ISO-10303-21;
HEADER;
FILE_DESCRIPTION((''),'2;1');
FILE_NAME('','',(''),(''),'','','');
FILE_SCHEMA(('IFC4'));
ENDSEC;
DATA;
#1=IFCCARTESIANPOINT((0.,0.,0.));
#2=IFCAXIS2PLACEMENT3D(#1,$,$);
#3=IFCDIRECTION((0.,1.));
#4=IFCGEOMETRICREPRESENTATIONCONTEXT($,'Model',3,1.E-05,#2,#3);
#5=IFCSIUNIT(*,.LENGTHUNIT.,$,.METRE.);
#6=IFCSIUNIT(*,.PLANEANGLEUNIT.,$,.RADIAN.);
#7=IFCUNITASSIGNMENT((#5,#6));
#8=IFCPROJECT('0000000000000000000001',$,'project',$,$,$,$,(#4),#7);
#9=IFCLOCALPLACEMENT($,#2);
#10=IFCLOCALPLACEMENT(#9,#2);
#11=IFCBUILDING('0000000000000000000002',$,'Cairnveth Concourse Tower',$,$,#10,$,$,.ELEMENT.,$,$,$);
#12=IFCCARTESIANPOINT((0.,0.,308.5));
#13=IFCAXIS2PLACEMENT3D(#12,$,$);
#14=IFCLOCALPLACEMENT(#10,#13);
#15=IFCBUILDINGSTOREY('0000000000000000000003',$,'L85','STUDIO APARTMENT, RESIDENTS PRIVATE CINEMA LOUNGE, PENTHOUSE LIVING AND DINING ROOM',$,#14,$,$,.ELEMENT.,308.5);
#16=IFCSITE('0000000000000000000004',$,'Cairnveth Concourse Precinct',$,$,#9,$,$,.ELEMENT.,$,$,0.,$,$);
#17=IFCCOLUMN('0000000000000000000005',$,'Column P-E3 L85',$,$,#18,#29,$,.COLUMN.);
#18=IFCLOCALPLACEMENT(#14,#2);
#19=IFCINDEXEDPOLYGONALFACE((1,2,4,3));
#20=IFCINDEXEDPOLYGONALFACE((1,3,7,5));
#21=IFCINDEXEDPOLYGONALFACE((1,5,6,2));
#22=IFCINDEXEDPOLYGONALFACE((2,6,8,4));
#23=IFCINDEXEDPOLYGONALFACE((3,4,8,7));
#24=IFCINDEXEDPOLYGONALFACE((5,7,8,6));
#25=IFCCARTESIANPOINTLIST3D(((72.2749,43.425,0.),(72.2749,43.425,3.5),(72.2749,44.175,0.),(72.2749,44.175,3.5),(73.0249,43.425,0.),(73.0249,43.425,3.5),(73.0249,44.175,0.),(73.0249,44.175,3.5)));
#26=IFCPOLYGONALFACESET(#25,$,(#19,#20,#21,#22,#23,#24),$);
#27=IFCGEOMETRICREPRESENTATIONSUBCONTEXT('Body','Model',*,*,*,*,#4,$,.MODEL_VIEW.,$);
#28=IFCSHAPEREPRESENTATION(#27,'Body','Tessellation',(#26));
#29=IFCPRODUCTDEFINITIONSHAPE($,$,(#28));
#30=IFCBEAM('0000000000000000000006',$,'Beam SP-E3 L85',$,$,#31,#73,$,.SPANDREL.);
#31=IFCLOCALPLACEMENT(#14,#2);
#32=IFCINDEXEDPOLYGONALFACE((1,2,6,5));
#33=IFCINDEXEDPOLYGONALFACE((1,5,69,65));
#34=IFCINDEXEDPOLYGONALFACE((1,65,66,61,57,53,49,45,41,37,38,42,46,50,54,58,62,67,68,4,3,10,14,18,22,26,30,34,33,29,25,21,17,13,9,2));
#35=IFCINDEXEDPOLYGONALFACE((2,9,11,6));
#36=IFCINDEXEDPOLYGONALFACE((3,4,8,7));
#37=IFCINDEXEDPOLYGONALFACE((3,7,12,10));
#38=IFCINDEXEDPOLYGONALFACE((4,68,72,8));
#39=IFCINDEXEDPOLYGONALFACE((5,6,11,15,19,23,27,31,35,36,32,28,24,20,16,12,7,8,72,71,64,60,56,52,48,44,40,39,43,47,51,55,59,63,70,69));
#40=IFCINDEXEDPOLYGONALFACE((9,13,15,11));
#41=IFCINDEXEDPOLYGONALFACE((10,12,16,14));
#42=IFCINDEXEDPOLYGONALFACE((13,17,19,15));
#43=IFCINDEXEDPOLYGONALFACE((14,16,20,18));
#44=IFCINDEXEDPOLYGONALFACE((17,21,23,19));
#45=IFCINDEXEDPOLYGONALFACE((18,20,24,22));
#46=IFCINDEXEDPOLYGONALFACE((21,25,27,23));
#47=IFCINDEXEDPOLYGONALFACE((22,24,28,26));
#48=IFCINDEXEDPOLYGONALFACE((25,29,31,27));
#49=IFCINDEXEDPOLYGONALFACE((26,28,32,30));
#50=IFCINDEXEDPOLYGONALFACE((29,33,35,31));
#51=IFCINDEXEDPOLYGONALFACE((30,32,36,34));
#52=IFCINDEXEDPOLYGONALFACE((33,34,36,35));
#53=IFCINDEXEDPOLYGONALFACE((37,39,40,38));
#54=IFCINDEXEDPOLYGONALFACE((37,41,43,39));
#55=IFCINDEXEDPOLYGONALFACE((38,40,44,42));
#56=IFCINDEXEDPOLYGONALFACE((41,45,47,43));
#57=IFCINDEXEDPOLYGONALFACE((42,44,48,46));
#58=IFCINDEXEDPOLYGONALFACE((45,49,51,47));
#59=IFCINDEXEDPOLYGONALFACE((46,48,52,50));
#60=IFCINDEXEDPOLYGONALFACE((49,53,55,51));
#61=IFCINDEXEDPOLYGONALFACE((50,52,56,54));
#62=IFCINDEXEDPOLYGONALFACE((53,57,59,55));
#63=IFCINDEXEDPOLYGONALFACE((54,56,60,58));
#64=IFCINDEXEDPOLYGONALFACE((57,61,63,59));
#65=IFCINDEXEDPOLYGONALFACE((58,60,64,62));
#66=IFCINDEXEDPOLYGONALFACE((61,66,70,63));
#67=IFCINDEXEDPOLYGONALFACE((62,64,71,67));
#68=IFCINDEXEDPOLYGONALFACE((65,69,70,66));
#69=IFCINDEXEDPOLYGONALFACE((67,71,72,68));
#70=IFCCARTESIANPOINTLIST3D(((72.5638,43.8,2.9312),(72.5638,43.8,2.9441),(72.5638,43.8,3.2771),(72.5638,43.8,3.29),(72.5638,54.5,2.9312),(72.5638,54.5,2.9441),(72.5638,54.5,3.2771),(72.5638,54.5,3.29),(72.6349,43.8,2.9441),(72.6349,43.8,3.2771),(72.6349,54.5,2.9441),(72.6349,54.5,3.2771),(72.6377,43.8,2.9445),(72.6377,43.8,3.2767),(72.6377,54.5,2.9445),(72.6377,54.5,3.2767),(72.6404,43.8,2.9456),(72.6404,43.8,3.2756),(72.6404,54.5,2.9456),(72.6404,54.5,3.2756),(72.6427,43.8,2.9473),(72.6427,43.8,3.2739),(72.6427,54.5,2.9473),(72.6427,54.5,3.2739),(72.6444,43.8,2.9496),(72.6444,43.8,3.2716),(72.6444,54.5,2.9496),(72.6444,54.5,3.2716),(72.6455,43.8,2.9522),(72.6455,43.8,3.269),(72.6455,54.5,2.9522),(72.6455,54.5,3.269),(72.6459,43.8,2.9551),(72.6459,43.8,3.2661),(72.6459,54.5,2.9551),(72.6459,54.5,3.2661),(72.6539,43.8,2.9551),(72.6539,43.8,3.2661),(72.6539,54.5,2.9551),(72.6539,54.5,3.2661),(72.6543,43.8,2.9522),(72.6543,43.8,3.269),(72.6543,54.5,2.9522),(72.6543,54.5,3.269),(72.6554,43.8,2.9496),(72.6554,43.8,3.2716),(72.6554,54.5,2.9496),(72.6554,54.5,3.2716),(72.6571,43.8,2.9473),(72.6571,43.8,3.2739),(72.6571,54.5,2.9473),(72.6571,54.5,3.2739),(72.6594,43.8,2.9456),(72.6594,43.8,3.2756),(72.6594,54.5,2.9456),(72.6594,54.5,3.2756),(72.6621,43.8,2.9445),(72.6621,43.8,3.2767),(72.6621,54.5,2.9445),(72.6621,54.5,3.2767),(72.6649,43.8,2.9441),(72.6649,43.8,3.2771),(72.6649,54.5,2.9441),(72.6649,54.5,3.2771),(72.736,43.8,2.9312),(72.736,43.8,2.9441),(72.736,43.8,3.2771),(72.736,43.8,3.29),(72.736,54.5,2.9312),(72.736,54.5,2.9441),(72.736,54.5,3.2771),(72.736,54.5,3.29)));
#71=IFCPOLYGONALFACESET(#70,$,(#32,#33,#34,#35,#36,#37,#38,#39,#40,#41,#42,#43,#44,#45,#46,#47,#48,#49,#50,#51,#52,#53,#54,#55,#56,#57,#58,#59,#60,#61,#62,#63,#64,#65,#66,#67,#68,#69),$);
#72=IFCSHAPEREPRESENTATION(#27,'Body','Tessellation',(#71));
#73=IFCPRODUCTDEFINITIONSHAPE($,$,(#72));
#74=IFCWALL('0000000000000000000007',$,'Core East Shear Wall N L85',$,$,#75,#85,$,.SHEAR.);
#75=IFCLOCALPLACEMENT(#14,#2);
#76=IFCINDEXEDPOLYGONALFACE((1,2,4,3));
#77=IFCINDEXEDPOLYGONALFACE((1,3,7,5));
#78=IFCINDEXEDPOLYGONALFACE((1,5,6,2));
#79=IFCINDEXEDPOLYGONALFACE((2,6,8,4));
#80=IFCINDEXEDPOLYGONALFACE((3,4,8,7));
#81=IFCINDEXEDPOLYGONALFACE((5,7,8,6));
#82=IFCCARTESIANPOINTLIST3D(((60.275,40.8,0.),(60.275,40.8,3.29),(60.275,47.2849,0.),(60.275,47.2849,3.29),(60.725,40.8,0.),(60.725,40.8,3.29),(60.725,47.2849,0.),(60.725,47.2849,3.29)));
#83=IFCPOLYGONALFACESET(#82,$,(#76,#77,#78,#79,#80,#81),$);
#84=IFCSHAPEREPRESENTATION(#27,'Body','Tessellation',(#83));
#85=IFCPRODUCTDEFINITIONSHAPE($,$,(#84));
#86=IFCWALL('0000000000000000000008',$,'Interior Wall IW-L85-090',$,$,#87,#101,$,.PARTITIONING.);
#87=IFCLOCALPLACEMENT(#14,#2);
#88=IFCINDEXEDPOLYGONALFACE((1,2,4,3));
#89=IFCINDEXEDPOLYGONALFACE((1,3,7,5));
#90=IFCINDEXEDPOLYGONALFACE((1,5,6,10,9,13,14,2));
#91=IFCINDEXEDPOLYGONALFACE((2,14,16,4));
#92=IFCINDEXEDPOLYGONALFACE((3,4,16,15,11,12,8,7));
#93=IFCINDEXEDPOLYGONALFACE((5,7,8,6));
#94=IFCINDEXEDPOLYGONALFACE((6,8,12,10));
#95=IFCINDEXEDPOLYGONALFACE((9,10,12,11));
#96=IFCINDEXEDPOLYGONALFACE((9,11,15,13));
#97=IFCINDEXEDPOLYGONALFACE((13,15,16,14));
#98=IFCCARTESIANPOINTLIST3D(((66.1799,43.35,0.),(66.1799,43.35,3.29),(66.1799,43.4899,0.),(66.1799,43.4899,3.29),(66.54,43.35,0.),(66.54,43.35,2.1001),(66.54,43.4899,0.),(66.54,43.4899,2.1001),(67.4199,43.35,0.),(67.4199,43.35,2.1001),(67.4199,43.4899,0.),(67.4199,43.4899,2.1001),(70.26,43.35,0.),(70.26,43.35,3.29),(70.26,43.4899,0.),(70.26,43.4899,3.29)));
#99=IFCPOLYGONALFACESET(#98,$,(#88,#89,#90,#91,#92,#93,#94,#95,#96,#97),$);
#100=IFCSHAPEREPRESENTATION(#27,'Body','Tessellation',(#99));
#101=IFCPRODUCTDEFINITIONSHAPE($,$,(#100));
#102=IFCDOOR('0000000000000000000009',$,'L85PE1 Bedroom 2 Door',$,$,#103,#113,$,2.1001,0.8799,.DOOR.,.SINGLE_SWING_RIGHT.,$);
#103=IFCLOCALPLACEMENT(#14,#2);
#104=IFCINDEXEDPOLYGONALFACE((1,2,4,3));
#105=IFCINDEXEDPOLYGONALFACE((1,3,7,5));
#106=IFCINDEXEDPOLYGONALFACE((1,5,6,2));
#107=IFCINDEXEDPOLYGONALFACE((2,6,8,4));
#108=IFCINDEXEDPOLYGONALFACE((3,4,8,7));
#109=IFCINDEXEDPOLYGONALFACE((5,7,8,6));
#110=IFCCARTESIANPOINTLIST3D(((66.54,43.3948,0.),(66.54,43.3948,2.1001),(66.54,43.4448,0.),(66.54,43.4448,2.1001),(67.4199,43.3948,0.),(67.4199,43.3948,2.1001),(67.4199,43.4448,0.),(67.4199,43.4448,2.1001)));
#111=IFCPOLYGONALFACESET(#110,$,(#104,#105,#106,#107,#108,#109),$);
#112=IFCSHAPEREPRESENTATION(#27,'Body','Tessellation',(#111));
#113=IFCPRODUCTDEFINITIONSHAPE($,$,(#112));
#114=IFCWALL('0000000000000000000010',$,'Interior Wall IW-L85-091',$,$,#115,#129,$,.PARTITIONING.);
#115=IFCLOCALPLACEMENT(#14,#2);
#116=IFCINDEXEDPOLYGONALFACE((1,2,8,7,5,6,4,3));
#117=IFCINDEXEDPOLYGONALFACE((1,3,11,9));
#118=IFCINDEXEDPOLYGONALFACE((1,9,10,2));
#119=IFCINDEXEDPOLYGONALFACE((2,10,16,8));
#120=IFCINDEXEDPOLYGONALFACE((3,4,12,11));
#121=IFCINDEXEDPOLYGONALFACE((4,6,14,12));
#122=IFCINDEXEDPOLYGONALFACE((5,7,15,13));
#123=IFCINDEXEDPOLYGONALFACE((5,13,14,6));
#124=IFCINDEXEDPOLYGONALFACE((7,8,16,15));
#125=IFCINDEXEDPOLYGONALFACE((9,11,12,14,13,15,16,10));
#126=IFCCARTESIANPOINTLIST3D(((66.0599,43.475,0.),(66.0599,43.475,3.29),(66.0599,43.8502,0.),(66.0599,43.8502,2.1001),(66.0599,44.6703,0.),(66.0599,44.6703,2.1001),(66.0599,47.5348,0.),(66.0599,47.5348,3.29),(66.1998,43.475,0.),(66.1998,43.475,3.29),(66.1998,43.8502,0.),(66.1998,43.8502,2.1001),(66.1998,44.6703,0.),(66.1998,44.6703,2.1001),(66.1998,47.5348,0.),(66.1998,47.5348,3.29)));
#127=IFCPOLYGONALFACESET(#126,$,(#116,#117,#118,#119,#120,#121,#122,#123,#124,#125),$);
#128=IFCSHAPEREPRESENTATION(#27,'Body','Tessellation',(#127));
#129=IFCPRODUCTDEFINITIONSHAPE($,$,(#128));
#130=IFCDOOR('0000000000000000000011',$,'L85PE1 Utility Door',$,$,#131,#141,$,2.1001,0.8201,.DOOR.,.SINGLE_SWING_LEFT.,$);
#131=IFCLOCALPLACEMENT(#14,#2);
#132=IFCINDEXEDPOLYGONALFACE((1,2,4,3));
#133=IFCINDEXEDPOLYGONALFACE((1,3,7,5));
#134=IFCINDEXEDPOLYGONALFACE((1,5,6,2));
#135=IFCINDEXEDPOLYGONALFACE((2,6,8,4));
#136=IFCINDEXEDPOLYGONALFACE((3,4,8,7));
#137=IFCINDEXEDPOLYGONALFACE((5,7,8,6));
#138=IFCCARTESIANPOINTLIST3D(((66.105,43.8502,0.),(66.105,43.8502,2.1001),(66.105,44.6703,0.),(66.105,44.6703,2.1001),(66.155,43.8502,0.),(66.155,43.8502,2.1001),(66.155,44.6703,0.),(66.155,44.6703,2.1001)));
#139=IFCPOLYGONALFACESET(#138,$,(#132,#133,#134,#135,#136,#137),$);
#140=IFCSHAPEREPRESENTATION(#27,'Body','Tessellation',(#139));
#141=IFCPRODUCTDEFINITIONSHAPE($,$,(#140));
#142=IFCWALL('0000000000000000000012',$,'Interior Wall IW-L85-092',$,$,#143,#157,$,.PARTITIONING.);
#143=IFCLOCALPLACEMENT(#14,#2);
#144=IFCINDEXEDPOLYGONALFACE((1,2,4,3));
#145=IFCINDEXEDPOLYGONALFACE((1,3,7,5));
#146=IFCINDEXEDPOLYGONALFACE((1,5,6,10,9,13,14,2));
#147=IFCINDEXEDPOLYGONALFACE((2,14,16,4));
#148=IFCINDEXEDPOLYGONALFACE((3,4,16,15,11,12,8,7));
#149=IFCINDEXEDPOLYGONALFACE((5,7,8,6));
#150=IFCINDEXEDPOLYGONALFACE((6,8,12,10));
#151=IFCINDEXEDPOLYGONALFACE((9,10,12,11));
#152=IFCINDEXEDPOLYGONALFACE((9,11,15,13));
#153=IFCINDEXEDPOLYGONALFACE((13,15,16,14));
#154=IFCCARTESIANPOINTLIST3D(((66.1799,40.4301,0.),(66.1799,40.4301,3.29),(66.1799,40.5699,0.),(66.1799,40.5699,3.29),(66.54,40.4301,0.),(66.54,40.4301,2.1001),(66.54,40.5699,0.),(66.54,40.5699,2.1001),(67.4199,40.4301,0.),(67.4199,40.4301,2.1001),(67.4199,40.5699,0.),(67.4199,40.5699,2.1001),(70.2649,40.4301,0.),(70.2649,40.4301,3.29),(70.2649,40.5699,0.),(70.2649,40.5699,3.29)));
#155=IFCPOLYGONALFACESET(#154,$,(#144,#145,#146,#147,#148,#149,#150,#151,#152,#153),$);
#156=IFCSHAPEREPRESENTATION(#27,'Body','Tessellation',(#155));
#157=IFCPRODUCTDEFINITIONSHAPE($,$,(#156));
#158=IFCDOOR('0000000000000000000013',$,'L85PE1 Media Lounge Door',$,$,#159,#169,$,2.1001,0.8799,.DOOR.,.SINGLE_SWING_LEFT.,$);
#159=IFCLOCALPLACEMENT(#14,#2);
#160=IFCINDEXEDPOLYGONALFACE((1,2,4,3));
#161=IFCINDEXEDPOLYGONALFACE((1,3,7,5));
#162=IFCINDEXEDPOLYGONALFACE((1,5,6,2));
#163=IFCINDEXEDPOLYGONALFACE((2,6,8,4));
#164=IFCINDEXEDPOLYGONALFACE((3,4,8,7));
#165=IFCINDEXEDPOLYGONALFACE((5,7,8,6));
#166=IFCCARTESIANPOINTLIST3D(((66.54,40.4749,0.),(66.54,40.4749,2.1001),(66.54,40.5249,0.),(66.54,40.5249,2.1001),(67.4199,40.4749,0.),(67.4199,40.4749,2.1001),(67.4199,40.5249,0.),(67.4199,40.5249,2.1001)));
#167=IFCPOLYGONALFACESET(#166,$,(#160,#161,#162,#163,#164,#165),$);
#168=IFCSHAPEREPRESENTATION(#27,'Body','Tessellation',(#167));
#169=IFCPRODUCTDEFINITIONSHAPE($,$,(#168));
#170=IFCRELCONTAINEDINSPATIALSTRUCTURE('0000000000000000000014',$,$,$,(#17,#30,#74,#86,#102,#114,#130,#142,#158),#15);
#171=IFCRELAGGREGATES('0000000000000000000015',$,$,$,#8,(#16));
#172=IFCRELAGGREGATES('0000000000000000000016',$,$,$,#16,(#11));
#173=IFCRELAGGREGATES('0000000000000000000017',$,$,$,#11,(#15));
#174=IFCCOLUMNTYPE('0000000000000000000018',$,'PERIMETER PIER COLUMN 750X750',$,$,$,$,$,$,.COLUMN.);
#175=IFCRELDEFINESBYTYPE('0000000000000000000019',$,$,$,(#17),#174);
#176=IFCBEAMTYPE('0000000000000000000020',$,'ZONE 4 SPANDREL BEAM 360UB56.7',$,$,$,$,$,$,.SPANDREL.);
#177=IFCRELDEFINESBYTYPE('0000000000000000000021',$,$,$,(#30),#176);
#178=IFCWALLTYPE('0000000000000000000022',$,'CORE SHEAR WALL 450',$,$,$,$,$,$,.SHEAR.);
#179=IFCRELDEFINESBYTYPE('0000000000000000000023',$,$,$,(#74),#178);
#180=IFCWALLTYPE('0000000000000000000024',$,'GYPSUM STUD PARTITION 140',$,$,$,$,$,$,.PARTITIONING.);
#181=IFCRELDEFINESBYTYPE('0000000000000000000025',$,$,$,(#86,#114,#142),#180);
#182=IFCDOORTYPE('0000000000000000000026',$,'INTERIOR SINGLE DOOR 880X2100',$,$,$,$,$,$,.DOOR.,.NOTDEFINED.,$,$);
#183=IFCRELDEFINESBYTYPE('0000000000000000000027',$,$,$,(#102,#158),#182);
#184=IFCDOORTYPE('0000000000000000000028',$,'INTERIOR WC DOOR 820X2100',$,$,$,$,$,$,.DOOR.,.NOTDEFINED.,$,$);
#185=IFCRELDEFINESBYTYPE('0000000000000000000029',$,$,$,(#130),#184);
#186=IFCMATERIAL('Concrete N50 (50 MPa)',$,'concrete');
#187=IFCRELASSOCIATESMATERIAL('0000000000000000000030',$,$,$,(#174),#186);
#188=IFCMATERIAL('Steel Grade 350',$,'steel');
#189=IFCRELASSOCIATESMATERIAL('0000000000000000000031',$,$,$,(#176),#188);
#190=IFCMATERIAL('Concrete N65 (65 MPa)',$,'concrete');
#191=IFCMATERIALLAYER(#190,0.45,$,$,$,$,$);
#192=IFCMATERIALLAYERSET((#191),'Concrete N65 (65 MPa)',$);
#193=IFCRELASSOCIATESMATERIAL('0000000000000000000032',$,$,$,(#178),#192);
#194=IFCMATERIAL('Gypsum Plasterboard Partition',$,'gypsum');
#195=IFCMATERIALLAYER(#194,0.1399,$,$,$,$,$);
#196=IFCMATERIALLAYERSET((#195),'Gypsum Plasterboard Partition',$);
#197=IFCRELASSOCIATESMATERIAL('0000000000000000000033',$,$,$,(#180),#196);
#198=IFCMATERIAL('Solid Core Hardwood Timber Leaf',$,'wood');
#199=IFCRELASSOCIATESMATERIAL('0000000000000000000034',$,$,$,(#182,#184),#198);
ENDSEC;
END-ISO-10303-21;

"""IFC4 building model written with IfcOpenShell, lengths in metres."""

from ifc_helpers import new_model, si_unit, direction, frame, frame_2d, origin, origin_2d, place, context, subcontext, project, spatial, rectangle, i_section, extrude, material, layer, layer_set, material_profile, profile_set, type_object, element, fill, save


model = new_model("IFC4")

# Units and contexts
model_context = context("Model", 3, precision=1e-05, world=origin(), true_north=direction((0.0, 1.0)))
body_context = subcontext(model_context, "Body", "Model", "MODEL_VIEW")
ifc_project = project(units=[si_unit("LENGTHUNIT", "METRE"), si_unit("PLANEANGLEUNIT", "RADIAN")], contexts=[model_context])

# Site, building, storey
site_placement = place(None, origin())
site = spatial("IfcSite", under=ifc_project, at=site_placement, Name="Cairnveth Concourse Precinct", CompositionType="ELEMENT", RefElevation=0.0)
building_placement = place(site_placement, origin())
building = spatial("IfcBuilding", under=site, at=building_placement, Name="Cairnveth Concourse Tower", CompositionType="ELEMENT")
storey_placement = place(building_placement, frame((0.0, 0.0, 308.5)))
storey = spatial("IfcBuildingStorey", under=building, at=storey_placement, Name="L85", Description="STUDIO APARTMENT, RESIDENTS PRIVATE CINEMA LOUNGE, PENTHOUSE LIVING AND DINING ROOM", CompositionType="ELEMENT", Elevation=308.5)

# Column
ifc_material_1 = material(Name="Concrete N50 (50 MPa)", Category="concrete")
ifc_material_profile_1 = material_profile(ifc_material_1, rectangle(XDim=0.75, YDim=0.75, at=origin_2d()), Name="RC-COL-750x750")
ifc_profile_set_1 = profile_set([ifc_material_profile_1], Name="Concrete N50 (50 MPa)")
column_type = type_object("IfcColumnType", Name="PERIMETER PIER COLUMN 750X750", PredefinedType="COLUMN", material=ifc_profile_set_1)
column_placement = place(storey_placement, frame((72.6499, 43.8, 0.0), z_axis=(0.0, 0.0, 1.0), x_axis=(0.0, 1.0, 0.0)))
element("IfcColumn", 1, at=column_placement, inside=storey, type_object=column_type, Name="Column P-E3 L85", PredefinedType="COLUMN", context=body_context, shape_type="SweptSolid", body=[
    extrude(rectangle(XDim=0.75, YDim=0.75, at=origin_2d()), origin(), (0.0, 0.0, 1.0), 3.5),
])

# Beam
ifc_material_2 = material(Name="Steel Grade 350", Category="steel")
ifc_material_profile_2 = material_profile(ifc_material_2, i_section(OverallWidth=0.1721, OverallDepth=0.3589, WebThickness=0.0081, FlangeThickness=0.0129, FilletRadius=0.011, at=origin_2d()), Name="360UB56.7")
ifc_profile_set_2 = profile_set([ifc_material_profile_2], Name="Steel Grade 350")
beam_type = type_object("IfcBeamType", Name="ZONE 4 SPANDREL BEAM 360UB56.7", PredefinedType="SPANDREL", material=ifc_profile_set_2)
beam_placement = place(storey_placement, frame((72.6499, 43.8, 3.1106), z_axis=(0.0, 1.0, 0.0), x_axis=(-1.0, 0.0, 0.0)))
element("IfcBeam", 2, at=beam_placement, inside=storey, type_object=beam_type, Name="Beam SP-E3 L85", PredefinedType="SPANDREL", context=body_context, shape_type="SweptSolid", body=[
    extrude(i_section(OverallWidth=0.1721, OverallDepth=0.3589, WebThickness=0.0081, FlangeThickness=0.0129, FilletRadius=0.011, at=origin_2d()), origin(), (0.0, 0.0, 1.0), 10.7),
])

# Wall
ifc_material_3 = material(Name="Concrete N65 (65 MPa)", Category="concrete")
ifc_layer_1 = layer(ifc_material_3, 0.45)
ifc_layer_set_1 = layer_set([ifc_layer_1], Name="Concrete N65 (65 MPa)")
wall_type_1 = type_object("IfcWallType", Name="CORE SHEAR WALL 450", PredefinedType="SHEAR", material=ifc_layer_set_1)
wall_1_placement = place(storey_placement, frame((60.5, 40.8, 0.0), z_axis=(0.0, 0.0, 1.0), x_axis=(0.0, 1.0, 0.0)))
element("IfcWall", 3, at=wall_1_placement, inside=storey, type_object=wall_type_1, Name="Core East Shear Wall N L85", PredefinedType="SHEAR", context=body_context, shape_type="SweptSolid", body=[
    extrude(rectangle(XDim=6.4849, YDim=0.45, at=frame_2d((3.2424, 0.0))), origin(), (0.0, 0.0, 1.0), 3.29),
])

# Walls, openings, doors
ifc_material_4 = material(Name="Gypsum Plasterboard Partition", Category="gypsum")
ifc_layer_2 = layer(ifc_material_4, 0.1399)
ifc_layer_set_2 = layer_set([ifc_layer_2], Name="Gypsum Plasterboard Partition")
wall_type_2 = type_object("IfcWallType", Name="GYPSUM STUD PARTITION 140", PredefinedType="PARTITIONING", material=ifc_layer_set_2)
wall_2_placement = place(storey_placement, frame((66.1799, 43.4199, 0.0), z_axis=(0.0, 0.0, 1.0), x_axis=(1.0, 0.0, 0.0)))
wall_2 = element("IfcWall", 4, at=wall_2_placement, inside=storey, type_object=wall_type_2, Name="Interior Wall IW-L85-090", PredefinedType="PARTITIONING", context=body_context, shape_type="SweptSolid", body=[
    extrude(rectangle(XDim=4.0801, YDim=0.1399, at=frame_2d((2.04, 0.0))), origin(), (0.0, 0.0, 1.0), 3.29),
])
opening_1_placement = place(wall_2_placement, frame((0.3601, 0.0, 0.0)))
opening_1 = element("IfcOpeningElement", 5, at=opening_1_placement, cuts=wall_2, PredefinedType="OPENING", context=body_context, shape_type="SweptSolid", body=[
    extrude(rectangle(XDim=0.8799, YDim=2.1001, at=frame_2d((0.4399, 1.05))), frame((0.0, 0.0798, 0.0), z_axis=(0.0, -1.0, 0.0), x_axis=(1.0, 0.0, 0.0)), (0.0, 0.0, 1.0), 0.1599),
])
ifc_material_5 = material(Name="Solid Core Hardwood Timber Leaf", Category="wood")
door_type_1 = type_object("IfcDoorType", Name="INTERIOR SINGLE DOOR 880X2100", OperationType="NOTDEFINED", PredefinedType="DOOR", material=ifc_material_5)
door_1_placement = place(opening_1_placement, origin())
door_1 = element("IfcDoor", 6, at=door_1_placement, inside=storey, type_object=door_type_1, Name="L85PE1 Bedroom 2 Door", OperationType="SINGLE_SWING_RIGHT", OverallHeight=2.1001, OverallWidth=0.8799, PredefinedType="DOOR", context=body_context, shape_type="SweptSolid", body=[
    extrude(rectangle(XDim=0.8799, YDim=2.1001, at=frame_2d((0.4399, 1.05))), frame((0.0, 0.0249, 0.0), z_axis=(0.0, -1.0, 0.0), x_axis=(1.0, 0.0, 0.0)), (0.0, 0.0, 1.0), 0.05),
])
fill(opening_1, door_1)
wall_3_placement = place(storey_placement, frame((66.1299, 43.4751, 0.0), z_axis=(0.0, 0.0, 1.0), x_axis=(0.0, 1.0, 0.0)))
wall_3 = element("IfcWall", 7, at=wall_3_placement, inside=storey, type_object=wall_type_2, Name="Interior Wall IW-L85-091", PredefinedType="PARTITIONING", context=body_context, shape_type="SweptSolid", body=[
    extrude(rectangle(XDim=4.0598, YDim=0.1399, at=frame_2d((2.0298, 0.0))), origin(), (0.0, 0.0, 1.0), 3.29),
])
opening_2_placement = place(wall_3_placement, frame((0.375, 0.0, 0.0)))
opening_2 = element("IfcOpeningElement", 8, at=opening_2_placement, cuts=wall_3, PredefinedType="OPENING", context=body_context, shape_type="SweptSolid", body=[
    extrude(rectangle(XDim=0.8201, YDim=2.1001, at=frame_2d((0.4102, 1.05))), frame((0.0, 0.0798, 0.0), z_axis=(0.0, -1.0, 0.0), x_axis=(1.0, 0.0, 0.0)), (0.0, 0.0, 1.0), 0.1599),
])
door_type_2 = type_object("IfcDoorType", Name="INTERIOR WC DOOR 820X2100", OperationType="NOTDEFINED", PredefinedType="DOOR", material=ifc_material_5)
door_2_placement = place(opening_2_placement, origin())
door_2 = element("IfcDoor", 9, at=door_2_placement, inside=storey, type_object=door_type_2, Name="L85PE1 Utility Door", OperationType="SINGLE_SWING_LEFT", OverallHeight=2.1001, OverallWidth=0.8201, PredefinedType="DOOR", context=body_context, shape_type="SweptSolid", body=[
    extrude(rectangle(XDim=0.8201, YDim=2.1001, at=frame_2d((0.4102, 1.05))), frame((0.0, 0.0249, 0.0), z_axis=(0.0, -1.0, 0.0), x_axis=(1.0, 0.0, 0.0)), (0.0, 0.0, 1.0), 0.05),
])
fill(opening_2, door_2)
wall_4_placement = place(storey_placement, frame((66.1799, 40.5, 0.0), z_axis=(0.0, 0.0, 1.0), x_axis=(1.0, 0.0, 0.0)))
wall_4 = element("IfcWall", 10, at=wall_4_placement, inside=storey, type_object=wall_type_2, Name="Interior Wall IW-L85-092", PredefinedType="PARTITIONING", context=body_context, shape_type="SweptSolid", body=[
    extrude(rectangle(XDim=4.085, YDim=0.1399, at=frame_2d((2.0425, 0.0))), origin(), (0.0, 0.0, 1.0), 3.29),
])
opening_3_placement = place(wall_4_placement, frame((0.3601, 0.0, 0.0)))
opening_3 = element("IfcOpeningElement", 11, at=opening_3_placement, cuts=wall_4, PredefinedType="OPENING", context=body_context, shape_type="SweptSolid", body=[
    extrude(rectangle(XDim=0.8799, YDim=2.1001, at=frame_2d((0.4399, 1.05))), frame((0.0, 0.0798, 0.0), z_axis=(0.0, -1.0, 0.0), x_axis=(1.0, 0.0, 0.0)), (0.0, 0.0, 1.0), 0.1599),
])
door_3_placement = place(opening_3_placement, origin())
door_3 = element("IfcDoor", 12, at=door_3_placement, inside=storey, type_object=door_type_1, Name="L85PE1 Media Lounge Door", OperationType="SINGLE_SWING_LEFT", OverallHeight=2.1001, OverallWidth=0.8799, PredefinedType="DOOR", context=body_context, shape_type="SweptSolid", body=[
    extrude(rectangle(XDim=0.8799, YDim=2.1001, at=frame_2d((0.4399, 1.05))), frame((0.0, 0.0249, 0.0), z_axis=(0.0, -1.0, 0.0), x_axis=(1.0, 0.0, 0.0)), (0.0, 0.0, 1.0), 0.05),
])
fill(opening_3, door_3)

save(model, "model.ifc")
